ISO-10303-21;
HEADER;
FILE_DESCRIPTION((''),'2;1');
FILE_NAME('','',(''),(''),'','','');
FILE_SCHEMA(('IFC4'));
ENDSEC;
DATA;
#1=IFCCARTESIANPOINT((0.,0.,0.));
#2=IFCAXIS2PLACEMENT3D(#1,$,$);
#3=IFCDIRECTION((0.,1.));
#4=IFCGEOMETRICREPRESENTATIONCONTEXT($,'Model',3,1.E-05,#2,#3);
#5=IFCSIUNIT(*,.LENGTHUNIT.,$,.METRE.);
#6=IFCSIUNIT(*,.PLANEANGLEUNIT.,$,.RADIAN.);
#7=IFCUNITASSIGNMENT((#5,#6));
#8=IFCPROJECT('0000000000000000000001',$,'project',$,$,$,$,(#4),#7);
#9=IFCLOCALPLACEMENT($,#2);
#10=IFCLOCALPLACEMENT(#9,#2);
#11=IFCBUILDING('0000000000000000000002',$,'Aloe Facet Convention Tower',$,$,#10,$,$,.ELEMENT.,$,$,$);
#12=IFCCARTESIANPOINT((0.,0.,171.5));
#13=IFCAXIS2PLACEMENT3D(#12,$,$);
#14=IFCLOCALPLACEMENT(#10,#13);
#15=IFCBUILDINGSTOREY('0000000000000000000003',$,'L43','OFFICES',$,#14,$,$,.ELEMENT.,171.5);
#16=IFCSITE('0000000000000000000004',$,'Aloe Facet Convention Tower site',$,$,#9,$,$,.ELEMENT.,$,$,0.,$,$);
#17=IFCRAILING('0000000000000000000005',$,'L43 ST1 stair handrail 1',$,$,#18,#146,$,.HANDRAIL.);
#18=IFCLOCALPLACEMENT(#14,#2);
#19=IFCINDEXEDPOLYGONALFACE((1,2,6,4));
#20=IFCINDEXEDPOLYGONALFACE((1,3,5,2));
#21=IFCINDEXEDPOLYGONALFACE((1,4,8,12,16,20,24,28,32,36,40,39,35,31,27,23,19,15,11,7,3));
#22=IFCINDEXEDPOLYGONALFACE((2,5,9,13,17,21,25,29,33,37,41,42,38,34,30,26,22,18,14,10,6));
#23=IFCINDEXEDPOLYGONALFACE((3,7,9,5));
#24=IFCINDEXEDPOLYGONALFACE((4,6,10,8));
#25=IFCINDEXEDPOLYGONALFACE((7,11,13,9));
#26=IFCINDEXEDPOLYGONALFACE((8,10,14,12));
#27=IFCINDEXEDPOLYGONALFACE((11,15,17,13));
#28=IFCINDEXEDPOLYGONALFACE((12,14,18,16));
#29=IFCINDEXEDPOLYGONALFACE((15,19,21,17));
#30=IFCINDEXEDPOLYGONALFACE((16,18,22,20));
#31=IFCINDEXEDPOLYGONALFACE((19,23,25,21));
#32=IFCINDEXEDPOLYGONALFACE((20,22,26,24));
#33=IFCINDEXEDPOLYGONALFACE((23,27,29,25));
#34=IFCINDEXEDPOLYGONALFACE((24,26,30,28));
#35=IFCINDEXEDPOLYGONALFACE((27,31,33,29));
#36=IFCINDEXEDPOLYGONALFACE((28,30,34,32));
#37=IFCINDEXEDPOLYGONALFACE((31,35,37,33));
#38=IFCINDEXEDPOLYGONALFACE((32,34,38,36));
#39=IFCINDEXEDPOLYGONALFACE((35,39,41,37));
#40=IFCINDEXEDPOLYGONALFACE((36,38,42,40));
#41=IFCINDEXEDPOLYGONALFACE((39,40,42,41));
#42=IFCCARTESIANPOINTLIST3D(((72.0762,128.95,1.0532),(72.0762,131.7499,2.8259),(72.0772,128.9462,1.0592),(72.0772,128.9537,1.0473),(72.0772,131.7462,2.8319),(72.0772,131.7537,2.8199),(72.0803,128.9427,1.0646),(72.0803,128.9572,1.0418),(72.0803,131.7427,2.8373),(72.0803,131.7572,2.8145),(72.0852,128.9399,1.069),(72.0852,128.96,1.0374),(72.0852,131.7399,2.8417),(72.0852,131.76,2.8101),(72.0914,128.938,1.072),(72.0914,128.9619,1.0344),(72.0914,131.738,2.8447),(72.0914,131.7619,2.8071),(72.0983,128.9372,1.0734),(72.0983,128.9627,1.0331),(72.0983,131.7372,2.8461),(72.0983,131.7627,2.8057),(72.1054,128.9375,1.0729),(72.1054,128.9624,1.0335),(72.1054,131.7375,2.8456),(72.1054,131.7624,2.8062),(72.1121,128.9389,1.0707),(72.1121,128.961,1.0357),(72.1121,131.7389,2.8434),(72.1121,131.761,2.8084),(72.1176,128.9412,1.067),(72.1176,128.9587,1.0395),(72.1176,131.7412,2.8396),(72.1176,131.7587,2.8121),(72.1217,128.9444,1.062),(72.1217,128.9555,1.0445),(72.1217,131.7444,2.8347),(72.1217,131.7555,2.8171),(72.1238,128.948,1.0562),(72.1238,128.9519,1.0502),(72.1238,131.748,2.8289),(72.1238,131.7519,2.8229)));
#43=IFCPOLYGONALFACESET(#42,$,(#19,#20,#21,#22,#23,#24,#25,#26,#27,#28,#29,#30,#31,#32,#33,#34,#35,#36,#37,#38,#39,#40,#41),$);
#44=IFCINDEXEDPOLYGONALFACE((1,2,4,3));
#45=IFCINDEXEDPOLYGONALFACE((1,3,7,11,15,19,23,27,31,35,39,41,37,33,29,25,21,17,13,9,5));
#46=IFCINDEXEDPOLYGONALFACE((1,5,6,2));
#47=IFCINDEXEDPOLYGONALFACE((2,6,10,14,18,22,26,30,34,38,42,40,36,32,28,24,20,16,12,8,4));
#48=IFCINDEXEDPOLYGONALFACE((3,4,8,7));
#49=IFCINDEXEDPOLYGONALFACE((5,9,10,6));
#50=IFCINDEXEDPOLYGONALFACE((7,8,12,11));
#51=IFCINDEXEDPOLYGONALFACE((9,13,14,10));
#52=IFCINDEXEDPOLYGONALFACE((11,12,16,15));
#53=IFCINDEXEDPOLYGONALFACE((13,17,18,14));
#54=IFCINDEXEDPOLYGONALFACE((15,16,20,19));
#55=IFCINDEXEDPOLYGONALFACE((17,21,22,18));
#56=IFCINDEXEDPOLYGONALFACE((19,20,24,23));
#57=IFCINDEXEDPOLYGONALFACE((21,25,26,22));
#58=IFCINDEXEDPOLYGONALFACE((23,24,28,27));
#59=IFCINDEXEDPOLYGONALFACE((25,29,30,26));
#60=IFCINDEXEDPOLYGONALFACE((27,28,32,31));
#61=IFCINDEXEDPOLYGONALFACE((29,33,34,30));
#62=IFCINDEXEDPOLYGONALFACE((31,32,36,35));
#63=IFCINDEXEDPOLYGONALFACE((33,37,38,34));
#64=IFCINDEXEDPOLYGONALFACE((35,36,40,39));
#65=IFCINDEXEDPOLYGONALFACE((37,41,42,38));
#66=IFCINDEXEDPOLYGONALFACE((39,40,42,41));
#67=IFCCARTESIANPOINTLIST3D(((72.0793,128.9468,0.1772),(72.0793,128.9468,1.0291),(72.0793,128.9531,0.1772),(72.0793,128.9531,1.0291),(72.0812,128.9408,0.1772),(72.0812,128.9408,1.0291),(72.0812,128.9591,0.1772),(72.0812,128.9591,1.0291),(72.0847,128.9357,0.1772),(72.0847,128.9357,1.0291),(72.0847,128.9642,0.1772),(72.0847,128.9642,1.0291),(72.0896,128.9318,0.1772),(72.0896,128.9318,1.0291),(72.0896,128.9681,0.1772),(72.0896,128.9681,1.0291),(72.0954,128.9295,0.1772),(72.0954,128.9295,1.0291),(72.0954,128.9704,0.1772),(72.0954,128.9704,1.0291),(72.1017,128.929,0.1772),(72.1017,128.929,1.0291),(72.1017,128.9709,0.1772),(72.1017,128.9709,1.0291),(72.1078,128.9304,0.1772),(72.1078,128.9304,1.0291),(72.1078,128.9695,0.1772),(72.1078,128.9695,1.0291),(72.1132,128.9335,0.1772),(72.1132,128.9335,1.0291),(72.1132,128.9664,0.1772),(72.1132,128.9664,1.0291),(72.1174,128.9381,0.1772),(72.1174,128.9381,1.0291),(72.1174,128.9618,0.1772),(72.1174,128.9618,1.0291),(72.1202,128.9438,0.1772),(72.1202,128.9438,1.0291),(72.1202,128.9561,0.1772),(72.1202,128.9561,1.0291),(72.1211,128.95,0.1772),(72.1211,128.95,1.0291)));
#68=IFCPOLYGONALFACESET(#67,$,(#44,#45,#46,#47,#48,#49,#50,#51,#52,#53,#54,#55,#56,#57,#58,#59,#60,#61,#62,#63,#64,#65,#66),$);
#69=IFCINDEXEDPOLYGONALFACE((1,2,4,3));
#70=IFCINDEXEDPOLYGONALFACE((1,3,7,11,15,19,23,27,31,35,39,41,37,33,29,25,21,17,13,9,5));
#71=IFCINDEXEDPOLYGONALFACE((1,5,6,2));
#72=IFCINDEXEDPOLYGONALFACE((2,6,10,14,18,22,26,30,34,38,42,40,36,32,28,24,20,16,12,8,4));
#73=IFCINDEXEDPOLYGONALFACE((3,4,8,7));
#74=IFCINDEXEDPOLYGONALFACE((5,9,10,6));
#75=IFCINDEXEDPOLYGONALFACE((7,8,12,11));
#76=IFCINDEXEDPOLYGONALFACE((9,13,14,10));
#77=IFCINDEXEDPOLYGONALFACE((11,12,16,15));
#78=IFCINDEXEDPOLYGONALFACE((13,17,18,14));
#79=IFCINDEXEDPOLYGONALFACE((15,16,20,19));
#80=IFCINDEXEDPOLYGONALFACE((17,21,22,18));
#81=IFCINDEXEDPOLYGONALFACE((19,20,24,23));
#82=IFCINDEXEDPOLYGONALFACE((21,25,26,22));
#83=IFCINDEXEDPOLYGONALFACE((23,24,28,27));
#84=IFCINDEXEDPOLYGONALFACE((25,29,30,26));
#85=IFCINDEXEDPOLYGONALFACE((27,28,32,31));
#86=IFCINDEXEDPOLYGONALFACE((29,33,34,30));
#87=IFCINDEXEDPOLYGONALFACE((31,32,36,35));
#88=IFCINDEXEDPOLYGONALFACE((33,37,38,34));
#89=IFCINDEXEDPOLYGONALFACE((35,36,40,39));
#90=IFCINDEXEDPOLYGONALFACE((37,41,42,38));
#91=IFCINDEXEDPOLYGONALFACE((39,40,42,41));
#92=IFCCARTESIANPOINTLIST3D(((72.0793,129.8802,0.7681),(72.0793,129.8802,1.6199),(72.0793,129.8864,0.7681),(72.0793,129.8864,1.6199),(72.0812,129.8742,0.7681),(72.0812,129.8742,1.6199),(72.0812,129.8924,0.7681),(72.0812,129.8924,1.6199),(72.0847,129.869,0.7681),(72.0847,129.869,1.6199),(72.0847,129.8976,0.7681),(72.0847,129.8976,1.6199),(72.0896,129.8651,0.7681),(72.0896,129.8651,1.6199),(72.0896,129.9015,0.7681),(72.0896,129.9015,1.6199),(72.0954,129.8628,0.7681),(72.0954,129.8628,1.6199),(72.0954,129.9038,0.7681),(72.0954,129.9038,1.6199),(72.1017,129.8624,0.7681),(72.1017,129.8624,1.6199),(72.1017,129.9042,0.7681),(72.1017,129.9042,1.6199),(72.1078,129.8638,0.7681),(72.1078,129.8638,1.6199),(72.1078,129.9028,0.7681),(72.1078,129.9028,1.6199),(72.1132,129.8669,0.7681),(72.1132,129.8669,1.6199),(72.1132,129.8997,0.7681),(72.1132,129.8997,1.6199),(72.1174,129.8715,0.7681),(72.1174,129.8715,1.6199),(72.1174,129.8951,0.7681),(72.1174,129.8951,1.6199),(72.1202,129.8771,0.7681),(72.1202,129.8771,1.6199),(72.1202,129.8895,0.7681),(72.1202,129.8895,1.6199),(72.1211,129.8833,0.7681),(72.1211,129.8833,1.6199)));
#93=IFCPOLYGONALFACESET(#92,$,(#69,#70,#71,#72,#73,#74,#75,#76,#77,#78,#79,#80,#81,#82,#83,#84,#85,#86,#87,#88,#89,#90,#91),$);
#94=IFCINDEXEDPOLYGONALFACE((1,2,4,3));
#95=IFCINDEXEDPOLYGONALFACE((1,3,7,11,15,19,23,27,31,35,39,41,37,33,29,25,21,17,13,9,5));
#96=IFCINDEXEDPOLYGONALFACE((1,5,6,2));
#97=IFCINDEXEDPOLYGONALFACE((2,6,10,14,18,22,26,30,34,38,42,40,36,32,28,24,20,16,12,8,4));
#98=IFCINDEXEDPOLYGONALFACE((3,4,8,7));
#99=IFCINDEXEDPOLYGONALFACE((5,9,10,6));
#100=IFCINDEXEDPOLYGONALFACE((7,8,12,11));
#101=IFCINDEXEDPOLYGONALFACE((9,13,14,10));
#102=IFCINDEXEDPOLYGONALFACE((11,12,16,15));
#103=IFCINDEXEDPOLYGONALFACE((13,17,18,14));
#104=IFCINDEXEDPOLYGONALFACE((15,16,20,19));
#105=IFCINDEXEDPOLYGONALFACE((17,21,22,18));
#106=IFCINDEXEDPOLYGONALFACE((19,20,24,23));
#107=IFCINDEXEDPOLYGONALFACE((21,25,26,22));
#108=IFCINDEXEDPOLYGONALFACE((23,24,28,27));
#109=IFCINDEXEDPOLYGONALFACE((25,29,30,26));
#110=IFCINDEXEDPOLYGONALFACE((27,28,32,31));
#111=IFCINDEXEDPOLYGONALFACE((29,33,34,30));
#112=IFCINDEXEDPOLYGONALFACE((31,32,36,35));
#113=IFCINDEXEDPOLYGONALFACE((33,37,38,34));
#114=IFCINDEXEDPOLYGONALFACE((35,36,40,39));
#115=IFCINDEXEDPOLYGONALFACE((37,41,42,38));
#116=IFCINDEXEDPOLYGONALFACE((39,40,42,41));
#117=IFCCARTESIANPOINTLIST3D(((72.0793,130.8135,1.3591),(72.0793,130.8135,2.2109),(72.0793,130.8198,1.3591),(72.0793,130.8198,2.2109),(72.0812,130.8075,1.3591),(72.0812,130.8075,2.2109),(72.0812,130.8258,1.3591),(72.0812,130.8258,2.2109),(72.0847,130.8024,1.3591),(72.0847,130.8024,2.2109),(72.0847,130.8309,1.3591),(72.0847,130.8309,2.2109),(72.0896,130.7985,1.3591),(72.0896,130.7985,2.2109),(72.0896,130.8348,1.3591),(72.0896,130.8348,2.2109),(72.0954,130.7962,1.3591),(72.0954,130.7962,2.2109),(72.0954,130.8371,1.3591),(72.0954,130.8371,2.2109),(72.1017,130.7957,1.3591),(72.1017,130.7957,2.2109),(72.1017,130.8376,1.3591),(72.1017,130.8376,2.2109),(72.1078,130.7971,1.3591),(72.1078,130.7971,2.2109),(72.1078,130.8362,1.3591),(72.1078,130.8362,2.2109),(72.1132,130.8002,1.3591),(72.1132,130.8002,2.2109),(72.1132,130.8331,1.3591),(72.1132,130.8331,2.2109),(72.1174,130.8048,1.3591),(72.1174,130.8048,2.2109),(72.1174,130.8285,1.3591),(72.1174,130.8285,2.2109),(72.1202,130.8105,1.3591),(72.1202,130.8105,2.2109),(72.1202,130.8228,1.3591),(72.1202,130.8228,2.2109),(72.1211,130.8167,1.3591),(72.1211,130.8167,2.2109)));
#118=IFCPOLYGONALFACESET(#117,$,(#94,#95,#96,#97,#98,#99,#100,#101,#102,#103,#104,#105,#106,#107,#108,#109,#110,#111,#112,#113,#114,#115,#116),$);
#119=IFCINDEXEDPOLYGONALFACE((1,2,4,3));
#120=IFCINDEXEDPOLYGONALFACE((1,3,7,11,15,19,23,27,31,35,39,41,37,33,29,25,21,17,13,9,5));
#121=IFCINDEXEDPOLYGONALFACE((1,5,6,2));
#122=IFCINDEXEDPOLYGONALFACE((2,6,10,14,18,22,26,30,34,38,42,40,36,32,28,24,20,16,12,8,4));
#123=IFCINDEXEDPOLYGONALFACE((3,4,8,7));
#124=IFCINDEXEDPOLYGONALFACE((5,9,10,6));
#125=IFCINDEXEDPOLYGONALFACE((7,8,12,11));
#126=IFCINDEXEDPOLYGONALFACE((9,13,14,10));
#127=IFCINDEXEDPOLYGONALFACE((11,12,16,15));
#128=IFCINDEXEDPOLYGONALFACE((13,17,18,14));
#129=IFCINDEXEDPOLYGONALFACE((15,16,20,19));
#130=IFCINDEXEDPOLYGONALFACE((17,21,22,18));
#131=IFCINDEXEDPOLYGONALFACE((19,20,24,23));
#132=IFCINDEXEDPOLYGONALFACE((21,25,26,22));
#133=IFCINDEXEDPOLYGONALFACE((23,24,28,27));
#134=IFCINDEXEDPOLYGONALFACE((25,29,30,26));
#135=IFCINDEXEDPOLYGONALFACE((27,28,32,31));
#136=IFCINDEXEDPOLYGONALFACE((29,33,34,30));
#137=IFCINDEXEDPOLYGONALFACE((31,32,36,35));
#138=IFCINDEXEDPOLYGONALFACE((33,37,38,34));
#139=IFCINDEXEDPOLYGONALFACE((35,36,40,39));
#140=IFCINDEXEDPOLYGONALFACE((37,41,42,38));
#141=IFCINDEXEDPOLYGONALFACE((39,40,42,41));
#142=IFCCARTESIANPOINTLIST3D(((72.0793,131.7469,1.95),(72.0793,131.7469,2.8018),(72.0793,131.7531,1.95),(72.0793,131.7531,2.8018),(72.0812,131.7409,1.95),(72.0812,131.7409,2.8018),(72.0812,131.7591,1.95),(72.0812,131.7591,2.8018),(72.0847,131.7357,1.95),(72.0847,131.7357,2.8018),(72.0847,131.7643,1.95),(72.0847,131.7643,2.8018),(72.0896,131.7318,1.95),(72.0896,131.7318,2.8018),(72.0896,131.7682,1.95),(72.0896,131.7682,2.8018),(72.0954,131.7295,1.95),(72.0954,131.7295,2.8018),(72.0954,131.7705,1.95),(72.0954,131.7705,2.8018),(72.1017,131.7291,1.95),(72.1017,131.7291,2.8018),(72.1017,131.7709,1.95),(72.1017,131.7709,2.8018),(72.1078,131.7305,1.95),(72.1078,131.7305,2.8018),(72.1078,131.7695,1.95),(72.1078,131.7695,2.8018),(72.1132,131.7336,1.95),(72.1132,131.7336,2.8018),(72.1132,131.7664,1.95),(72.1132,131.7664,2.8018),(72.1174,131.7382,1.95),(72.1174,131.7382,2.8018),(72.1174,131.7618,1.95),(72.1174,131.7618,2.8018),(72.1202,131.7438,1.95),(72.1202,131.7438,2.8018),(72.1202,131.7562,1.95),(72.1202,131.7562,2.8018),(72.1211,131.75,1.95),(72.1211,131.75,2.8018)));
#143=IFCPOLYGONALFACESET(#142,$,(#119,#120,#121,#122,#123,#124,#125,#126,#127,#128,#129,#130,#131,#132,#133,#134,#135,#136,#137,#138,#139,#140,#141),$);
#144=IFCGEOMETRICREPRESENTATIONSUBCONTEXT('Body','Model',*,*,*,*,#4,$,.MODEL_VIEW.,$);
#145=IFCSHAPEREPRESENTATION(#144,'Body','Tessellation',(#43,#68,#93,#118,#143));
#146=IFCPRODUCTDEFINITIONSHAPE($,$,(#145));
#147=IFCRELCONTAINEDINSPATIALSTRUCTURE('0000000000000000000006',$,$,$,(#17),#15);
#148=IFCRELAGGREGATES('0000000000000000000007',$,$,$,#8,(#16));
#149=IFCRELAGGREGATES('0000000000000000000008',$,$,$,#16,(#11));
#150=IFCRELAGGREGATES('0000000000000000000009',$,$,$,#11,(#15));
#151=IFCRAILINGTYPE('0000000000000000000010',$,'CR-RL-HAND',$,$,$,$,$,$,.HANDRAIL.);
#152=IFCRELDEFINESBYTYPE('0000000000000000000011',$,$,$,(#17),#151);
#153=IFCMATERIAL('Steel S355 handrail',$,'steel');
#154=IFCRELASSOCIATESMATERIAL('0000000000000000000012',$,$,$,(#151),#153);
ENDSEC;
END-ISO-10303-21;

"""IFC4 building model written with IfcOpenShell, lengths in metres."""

from ifc_helpers import new_model, si_unit, direction, frame, origin, origin_2d, place, context, subcontext, project, spatial, circle, extrude, material, type_object, element, save


model = new_model("IFC4")

# Units and contexts
model_context = context("Model", 3, precision=1e-05, world=origin(), true_north=direction((0.0, 1.0)))
body_context = subcontext(model_context, "Body", "Model", "MODEL_VIEW")
ifc_project = project(units=[si_unit("LENGTHUNIT", "METRE"), si_unit("PLANEANGLEUNIT", "RADIAN")], contexts=[model_context])

# Site, building, storey
site_placement = place(None, origin())
site = spatial("IfcSite", under=ifc_project, at=site_placement, Name="Aloe Facet Convention Tower site", CompositionType="ELEMENT", RefElevation=0.0)
building_placement = place(site_placement, origin())
building = spatial("IfcBuilding", under=site, at=building_placement, Name="Aloe Facet Convention Tower", CompositionType="ELEMENT")
storey_placement = place(building_placement, frame((0.0, 0.0, 171.5)))
storey = spatial("IfcBuildingStorey", under=building, at=storey_placement, Name="L43", Description="OFFICES", CompositionType="ELEMENT", Elevation=171.5)

# Railing
ifc_material_1 = material(Name="Steel S355 handrail", Category="steel")
railing_type_1 = type_object("IfcRailingType", Name="CR-RL-HAND", PredefinedType="HANDRAIL", material=ifc_material_1)
railing_1_placement = place(storey_placement, frame((72.1001, 128.95, 0.1772)))
element("IfcRailing", 1, at=railing_1_placement, inside=storey, type_object=railing_type_1, Name="L43 ST1 stair handrail 1", PredefinedType="HANDRAIL", context=body_context, shape_type="SweptSolid", body=[
    extrude(circle(Radius=0.0239, at=origin_2d()), frame((0.0, 0.0, 0.876), z_axis=(0.0, 0.844909, 0.53491), x_axis=(-1.0, 0.0, 0.0)), (0.0, 0.0, 1.0), 3.314),
    extrude(circle(Radius=0.021, at=origin_2d()), origin(), (0.0, 0.0, 1.0), 0.8518),
    extrude(circle(Radius=0.021, at=origin_2d()), frame((0.0, 0.9333, 0.5908)), (0.0, 0.0, 1.0), 0.8518),
    extrude(circle(Radius=0.021, at=origin_2d()), frame((0.0, 1.8667, 1.1819)), (0.0, 0.0, 1.0), 0.8518),
    extrude(circle(Radius=0.021, at=origin_2d()), frame((0.0, 2.8, 1.7727)), (0.0, 0.0, 1.0), 0.8518),
])

save(model, "model.ifc")
